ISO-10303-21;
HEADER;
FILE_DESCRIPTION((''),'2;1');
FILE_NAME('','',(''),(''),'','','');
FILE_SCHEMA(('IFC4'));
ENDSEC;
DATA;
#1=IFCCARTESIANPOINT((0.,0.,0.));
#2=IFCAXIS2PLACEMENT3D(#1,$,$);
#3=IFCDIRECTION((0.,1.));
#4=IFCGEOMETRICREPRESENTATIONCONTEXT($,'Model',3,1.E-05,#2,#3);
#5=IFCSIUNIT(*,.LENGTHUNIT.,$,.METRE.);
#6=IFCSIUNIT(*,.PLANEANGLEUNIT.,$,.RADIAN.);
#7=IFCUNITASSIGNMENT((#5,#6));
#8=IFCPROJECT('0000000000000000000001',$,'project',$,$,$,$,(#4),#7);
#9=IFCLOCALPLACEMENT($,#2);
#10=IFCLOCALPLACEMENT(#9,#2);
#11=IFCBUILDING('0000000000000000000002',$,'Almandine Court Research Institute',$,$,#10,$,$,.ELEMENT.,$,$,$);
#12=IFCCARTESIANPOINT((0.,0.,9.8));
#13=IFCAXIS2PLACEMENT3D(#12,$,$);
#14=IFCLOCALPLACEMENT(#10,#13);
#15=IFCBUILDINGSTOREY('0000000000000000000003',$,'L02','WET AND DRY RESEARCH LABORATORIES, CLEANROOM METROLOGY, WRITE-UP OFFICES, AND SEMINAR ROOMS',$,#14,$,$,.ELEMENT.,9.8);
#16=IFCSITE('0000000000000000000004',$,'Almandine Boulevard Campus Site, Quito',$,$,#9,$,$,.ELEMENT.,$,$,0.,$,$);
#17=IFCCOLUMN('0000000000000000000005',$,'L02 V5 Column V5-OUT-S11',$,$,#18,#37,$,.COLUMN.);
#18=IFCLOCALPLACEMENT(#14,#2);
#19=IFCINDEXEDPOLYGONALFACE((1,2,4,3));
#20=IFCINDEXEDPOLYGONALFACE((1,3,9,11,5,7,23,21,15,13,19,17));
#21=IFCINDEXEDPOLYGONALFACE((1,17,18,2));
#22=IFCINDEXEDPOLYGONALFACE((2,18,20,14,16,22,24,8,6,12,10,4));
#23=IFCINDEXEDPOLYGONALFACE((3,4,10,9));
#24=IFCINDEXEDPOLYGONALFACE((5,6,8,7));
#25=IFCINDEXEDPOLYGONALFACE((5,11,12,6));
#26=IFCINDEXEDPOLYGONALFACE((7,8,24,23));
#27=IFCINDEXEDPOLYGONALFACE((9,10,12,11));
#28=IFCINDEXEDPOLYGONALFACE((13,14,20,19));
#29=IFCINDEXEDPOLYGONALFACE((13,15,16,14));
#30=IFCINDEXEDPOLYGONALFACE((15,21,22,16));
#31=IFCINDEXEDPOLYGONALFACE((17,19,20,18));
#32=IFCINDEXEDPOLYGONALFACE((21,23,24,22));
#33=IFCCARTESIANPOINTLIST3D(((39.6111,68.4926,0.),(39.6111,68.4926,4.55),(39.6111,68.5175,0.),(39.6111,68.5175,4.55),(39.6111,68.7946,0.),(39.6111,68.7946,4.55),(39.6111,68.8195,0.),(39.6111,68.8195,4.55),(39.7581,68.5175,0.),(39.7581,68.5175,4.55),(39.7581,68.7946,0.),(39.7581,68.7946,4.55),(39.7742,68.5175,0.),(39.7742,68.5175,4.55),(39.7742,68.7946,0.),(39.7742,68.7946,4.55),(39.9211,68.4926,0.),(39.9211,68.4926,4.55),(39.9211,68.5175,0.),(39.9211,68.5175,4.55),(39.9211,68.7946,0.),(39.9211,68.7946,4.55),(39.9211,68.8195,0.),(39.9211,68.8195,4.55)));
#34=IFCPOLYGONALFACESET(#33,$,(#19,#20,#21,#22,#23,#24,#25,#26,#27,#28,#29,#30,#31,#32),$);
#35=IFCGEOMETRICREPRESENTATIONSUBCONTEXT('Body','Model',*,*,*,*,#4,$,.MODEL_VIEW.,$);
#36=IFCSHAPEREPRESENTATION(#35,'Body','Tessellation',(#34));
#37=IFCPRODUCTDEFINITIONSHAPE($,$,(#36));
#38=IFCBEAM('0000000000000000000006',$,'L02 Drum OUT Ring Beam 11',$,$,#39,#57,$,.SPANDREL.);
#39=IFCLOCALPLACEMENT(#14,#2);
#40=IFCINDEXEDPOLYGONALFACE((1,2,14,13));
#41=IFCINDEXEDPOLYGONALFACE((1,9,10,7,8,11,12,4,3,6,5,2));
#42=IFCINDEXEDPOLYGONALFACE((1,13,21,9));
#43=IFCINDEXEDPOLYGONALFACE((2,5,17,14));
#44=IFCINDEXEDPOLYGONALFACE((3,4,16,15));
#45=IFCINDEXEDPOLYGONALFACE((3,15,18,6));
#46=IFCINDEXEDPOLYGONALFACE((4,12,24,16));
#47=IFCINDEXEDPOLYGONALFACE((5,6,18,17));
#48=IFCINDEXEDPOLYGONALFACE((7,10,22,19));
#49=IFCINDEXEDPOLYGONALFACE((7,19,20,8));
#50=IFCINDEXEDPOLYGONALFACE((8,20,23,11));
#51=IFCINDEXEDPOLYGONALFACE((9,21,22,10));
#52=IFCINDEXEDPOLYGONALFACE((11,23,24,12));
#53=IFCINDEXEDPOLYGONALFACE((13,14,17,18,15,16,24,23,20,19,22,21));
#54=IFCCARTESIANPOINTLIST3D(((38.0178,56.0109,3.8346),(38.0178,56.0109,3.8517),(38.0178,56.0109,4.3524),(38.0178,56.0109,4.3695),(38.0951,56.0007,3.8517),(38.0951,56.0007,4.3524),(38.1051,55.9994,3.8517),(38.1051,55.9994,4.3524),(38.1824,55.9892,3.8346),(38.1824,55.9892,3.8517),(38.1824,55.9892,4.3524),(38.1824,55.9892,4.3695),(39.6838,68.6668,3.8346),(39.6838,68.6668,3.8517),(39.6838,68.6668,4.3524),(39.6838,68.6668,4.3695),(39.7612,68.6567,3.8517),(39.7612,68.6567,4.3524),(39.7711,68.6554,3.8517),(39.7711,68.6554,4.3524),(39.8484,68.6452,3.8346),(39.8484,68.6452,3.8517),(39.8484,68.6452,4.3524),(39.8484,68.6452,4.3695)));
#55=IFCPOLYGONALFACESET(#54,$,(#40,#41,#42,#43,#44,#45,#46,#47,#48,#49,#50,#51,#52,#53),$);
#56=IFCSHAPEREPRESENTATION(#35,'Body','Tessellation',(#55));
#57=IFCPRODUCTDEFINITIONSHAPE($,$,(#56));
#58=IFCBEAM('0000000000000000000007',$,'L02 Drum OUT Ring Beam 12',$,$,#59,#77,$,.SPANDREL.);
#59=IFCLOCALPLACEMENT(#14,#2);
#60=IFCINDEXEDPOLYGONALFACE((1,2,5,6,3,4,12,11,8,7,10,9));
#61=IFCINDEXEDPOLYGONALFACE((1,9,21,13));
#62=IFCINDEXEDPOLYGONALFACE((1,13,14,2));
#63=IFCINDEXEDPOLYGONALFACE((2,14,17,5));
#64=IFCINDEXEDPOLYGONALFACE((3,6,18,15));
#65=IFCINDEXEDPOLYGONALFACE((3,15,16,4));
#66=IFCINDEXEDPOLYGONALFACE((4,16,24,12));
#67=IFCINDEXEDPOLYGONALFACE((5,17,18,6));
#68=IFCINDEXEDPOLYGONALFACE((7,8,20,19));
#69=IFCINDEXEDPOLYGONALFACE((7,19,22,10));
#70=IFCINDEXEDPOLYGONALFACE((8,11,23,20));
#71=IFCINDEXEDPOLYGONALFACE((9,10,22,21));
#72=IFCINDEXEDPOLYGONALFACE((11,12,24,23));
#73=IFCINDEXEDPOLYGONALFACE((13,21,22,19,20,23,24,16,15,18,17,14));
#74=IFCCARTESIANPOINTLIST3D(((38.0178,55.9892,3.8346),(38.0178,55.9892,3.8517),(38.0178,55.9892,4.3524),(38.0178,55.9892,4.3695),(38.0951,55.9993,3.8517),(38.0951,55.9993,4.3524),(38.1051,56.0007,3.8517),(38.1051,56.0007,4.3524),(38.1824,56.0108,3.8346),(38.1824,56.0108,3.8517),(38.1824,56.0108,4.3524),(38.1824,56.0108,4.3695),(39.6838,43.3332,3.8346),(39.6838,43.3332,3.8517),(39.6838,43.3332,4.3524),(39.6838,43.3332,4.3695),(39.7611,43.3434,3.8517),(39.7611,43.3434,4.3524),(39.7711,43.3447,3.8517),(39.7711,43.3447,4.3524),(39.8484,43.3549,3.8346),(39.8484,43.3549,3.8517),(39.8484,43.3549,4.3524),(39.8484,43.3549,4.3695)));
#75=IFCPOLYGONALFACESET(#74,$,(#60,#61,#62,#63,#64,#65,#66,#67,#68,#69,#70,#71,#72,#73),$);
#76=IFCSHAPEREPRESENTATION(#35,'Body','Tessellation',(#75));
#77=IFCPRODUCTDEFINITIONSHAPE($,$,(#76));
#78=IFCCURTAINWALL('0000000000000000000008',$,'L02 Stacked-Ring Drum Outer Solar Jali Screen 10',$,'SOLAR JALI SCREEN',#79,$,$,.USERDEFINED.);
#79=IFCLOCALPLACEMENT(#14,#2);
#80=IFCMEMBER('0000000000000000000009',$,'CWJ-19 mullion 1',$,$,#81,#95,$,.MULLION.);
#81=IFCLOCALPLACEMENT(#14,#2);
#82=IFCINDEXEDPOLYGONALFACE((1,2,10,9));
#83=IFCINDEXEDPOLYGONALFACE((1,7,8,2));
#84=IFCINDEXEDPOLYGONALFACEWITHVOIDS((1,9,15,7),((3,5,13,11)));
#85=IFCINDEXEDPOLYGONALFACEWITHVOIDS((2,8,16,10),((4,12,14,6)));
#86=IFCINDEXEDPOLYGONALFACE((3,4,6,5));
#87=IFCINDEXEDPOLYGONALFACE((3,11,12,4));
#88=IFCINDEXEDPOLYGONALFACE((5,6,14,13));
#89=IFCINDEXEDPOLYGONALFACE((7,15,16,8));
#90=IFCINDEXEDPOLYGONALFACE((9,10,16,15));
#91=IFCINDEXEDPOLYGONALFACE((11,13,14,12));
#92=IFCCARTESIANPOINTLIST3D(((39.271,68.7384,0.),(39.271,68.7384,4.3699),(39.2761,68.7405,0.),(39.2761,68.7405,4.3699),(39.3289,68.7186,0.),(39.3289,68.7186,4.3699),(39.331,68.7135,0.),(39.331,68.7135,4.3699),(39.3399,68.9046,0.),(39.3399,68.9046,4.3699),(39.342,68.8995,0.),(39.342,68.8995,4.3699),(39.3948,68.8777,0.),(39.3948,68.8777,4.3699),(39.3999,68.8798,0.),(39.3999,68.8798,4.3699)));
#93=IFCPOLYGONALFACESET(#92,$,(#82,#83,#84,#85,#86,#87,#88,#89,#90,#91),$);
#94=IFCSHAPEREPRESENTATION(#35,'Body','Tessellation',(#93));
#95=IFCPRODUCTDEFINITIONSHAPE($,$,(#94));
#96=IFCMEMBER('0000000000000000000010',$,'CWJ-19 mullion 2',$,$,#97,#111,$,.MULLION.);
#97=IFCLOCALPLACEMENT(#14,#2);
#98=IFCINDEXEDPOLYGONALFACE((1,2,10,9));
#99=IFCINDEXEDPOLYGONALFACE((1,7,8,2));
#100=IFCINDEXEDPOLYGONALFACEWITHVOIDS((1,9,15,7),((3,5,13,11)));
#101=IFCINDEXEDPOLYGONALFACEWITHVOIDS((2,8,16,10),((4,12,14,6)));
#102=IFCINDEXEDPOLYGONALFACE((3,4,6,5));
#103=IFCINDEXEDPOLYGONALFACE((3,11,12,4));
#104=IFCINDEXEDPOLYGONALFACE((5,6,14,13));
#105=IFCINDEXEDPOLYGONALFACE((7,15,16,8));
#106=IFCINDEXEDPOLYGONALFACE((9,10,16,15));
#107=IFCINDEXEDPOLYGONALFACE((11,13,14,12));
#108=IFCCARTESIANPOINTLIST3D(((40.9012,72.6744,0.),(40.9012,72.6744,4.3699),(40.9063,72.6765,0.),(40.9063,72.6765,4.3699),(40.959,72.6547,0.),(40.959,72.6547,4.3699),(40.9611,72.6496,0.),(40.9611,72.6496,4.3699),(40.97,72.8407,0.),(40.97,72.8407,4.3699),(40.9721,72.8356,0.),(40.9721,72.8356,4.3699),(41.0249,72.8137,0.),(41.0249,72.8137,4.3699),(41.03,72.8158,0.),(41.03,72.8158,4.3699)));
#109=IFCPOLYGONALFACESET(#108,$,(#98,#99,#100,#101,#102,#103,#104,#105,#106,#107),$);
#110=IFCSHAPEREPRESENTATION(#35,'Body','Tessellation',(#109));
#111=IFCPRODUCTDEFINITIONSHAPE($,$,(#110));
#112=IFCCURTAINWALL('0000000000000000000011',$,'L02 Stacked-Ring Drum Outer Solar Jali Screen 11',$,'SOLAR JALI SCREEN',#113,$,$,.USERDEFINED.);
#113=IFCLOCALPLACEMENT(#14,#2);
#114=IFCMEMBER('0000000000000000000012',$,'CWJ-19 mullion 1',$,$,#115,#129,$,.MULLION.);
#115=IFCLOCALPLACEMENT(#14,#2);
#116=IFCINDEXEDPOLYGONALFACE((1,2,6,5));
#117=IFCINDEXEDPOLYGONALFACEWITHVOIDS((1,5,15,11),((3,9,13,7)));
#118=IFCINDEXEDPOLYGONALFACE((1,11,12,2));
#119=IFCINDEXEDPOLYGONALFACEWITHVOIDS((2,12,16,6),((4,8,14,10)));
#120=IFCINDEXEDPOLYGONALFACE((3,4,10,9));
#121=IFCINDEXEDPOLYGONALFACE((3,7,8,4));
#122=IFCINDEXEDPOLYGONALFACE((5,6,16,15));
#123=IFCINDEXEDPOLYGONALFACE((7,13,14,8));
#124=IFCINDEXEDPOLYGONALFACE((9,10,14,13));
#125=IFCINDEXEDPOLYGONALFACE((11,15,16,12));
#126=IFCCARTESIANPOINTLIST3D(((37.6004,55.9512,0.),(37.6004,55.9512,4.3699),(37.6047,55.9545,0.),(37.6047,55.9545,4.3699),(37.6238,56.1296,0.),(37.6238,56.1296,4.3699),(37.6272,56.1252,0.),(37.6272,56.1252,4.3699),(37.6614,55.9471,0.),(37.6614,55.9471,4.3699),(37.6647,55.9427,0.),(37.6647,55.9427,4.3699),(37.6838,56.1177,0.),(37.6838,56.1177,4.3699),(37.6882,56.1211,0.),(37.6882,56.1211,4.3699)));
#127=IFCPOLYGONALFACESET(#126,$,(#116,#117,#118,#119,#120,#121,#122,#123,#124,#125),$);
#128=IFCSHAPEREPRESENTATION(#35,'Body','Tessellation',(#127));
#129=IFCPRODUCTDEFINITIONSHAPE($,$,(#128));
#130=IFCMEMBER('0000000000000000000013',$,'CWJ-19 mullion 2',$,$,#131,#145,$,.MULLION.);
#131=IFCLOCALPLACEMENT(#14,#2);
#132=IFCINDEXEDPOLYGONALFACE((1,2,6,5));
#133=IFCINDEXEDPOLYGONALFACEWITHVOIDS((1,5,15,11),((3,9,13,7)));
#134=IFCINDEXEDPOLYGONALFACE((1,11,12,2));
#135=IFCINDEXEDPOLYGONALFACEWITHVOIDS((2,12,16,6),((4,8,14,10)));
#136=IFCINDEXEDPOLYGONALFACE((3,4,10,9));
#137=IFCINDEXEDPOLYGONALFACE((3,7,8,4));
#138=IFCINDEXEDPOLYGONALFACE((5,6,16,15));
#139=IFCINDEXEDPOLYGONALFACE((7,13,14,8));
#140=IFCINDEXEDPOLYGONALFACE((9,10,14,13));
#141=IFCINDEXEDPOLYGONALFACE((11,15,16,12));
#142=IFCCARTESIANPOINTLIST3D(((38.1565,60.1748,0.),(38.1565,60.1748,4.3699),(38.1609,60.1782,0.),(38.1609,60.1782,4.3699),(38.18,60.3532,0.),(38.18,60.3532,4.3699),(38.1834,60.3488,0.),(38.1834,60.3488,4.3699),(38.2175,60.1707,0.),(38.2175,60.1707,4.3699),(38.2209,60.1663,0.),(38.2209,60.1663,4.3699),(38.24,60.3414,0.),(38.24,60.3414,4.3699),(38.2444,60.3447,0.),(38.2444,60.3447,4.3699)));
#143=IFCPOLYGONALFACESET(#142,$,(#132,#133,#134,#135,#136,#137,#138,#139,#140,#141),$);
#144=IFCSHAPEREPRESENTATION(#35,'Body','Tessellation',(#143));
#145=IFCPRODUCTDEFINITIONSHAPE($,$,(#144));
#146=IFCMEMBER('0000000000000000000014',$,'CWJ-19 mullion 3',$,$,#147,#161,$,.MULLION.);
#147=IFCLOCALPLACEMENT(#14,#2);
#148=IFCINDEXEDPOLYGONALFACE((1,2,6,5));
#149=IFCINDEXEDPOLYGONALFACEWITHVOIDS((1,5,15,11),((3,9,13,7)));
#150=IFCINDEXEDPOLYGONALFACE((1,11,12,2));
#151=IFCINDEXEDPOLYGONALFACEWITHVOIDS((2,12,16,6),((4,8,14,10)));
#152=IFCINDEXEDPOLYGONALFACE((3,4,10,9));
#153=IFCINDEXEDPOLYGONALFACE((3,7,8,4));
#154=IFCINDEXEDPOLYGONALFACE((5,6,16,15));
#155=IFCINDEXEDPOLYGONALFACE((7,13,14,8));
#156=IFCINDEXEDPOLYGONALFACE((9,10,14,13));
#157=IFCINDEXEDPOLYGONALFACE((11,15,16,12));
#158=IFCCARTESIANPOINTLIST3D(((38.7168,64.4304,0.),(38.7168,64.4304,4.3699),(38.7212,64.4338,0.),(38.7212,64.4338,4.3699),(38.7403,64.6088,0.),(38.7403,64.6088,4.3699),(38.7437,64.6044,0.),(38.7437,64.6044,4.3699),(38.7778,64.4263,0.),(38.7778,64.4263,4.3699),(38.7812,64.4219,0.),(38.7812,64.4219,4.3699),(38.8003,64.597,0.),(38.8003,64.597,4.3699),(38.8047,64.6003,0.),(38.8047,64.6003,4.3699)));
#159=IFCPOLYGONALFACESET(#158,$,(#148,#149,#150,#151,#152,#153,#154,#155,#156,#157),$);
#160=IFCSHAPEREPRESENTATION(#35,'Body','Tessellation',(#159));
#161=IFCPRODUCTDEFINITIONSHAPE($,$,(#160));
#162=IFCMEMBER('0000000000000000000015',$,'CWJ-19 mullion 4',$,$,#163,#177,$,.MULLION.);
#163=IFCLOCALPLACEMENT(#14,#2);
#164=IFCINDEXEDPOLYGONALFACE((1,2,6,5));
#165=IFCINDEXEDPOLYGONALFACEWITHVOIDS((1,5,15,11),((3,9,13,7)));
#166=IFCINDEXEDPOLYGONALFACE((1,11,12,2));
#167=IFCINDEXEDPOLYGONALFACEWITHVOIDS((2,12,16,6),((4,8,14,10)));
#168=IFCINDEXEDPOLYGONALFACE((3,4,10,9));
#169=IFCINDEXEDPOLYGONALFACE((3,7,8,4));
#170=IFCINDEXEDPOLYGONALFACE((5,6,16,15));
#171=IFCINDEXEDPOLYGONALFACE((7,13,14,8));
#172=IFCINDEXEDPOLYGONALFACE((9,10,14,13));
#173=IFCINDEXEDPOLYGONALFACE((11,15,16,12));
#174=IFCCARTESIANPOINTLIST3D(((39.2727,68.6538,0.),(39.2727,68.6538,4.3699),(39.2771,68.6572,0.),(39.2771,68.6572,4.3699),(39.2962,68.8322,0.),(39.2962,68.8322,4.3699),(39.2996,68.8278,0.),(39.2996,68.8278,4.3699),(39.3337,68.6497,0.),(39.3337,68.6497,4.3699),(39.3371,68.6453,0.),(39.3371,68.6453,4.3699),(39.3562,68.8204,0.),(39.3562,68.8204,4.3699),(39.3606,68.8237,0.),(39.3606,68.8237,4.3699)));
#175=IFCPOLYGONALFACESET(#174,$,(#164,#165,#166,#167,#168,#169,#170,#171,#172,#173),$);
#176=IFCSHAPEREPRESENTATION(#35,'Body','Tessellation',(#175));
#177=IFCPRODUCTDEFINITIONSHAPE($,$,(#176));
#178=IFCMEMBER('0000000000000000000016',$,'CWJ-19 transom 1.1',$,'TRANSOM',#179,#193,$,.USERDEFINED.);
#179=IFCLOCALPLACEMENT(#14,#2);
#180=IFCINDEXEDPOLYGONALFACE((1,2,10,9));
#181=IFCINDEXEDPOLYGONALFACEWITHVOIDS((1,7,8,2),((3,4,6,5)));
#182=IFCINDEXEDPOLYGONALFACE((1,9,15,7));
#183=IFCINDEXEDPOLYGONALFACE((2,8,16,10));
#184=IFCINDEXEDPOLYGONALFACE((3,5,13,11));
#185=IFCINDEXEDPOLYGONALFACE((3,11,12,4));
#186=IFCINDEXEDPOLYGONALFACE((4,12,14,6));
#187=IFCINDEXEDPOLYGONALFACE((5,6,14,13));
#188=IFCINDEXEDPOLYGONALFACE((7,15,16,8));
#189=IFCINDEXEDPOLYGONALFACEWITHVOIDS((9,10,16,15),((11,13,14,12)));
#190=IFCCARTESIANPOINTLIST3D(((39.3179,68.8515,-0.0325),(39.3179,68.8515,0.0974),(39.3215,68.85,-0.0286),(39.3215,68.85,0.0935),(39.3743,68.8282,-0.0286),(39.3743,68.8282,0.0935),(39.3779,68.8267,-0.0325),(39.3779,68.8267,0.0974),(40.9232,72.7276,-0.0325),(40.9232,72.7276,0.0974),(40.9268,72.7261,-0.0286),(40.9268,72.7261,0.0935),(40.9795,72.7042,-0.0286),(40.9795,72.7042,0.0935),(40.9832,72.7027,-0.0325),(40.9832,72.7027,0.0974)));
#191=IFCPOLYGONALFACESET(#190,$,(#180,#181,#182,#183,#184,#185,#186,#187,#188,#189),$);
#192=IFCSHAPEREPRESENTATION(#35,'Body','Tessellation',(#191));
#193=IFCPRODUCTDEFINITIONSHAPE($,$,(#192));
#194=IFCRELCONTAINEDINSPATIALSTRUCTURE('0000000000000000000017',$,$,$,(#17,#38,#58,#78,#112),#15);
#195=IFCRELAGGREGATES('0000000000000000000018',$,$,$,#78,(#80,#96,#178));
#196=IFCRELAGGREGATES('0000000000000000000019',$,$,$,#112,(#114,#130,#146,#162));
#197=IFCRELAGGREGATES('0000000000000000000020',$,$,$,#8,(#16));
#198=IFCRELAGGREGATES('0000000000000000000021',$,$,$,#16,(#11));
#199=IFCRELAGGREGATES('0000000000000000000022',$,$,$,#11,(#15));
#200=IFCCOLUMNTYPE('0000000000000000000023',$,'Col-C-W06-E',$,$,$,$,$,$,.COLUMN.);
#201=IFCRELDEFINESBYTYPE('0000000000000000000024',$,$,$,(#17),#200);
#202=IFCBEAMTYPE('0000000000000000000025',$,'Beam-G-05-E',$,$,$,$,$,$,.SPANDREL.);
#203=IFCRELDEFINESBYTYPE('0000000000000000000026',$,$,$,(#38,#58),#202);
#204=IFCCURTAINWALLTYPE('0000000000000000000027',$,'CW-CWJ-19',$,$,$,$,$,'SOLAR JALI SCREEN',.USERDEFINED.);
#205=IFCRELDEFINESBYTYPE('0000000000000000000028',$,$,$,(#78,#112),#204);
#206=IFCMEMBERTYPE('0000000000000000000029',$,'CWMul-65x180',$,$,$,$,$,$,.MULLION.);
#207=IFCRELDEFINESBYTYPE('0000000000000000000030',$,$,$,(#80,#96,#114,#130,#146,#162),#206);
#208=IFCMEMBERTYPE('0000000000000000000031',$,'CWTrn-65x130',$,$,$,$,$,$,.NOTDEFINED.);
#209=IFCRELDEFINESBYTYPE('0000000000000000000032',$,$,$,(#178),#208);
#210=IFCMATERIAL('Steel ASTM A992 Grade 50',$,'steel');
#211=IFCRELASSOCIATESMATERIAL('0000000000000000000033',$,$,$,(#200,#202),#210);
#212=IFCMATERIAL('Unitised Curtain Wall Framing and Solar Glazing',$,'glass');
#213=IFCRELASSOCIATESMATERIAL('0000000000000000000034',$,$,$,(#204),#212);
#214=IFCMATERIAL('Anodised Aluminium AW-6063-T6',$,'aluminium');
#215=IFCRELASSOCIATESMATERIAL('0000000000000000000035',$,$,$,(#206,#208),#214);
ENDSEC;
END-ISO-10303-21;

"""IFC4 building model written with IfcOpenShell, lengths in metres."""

from ifc_helpers import new_model, si_unit, direction, frame, origin, origin_2d, place, context, subcontext, project, spatial, hollow_rectangle, i_section, extrude, material, material_profile, profile_set, type_object, element, aggregate, save


model = new_model("IFC4")

# Units and contexts
model_context = context("Model", 3, precision=1e-05, world=origin(), true_north=direction((0.0, 1.0)))
body_context = subcontext(model_context, "Body", "Model", "MODEL_VIEW")
ifc_project = project(units=[si_unit("LENGTHUNIT", "METRE"), si_unit("PLANEANGLEUNIT", "RADIAN")], contexts=[model_context])

# Site, building, storey
site_placement = place(None, origin())
site = spatial("IfcSite", under=ifc_project, at=site_placement, Name="Almandine Boulevard Campus Site, Quito", CompositionType="ELEMENT", RefElevation=0.0)
building_placement = place(site_placement, origin())
building = spatial("IfcBuilding", under=site, at=building_placement, Name="Almandine Court Research Institute", CompositionType="ELEMENT")
storey_placement = place(building_placement, frame((0.0, 0.0, 9.8)))
storey = spatial("IfcBuildingStorey", under=building, at=storey_placement, Name="L02", Description="WET AND DRY RESEARCH LABORATORIES, CLEANROOM METROLOGY, WRITE-UP OFFICES, AND SEMINAR ROOMS", CompositionType="ELEMENT", Elevation=9.8)

# Column
ifc_material_1 = material(Name="Steel ASTM A992 Grade 50", Category="steel")
ifc_material_profile_1 = material_profile(ifc_material_1, i_section(OverallWidth=0.3101, OverallDepth=0.3269, WebThickness=0.0161, FlangeThickness=0.0249, at=origin_2d()), Name="W310x158")
ifc_profile_set_1 = profile_set([ifc_material_profile_1], Name="Steel ASTM A992 Grade 50")
column_type = type_object("IfcColumnType", Name="Col-C-W06-E", PredefinedType="COLUMN", material=ifc_profile_set_1)
column_placement = place(storey_placement, frame((39.7661, 68.656, 0.0), z_axis=(0.0, 0.0, 1.0), x_axis=(1.0, 0.0, 0.0)))
element("IfcColumn", 1, at=column_placement, inside=storey, type_object=column_type, Name="L02 V5 Column V5-OUT-S11", PredefinedType="COLUMN", context=body_context, shape_type="SweptSolid", body=[
    extrude(i_section(OverallWidth=0.3101, OverallDepth=0.3269, WebThickness=0.0161, FlangeThickness=0.0249, at=origin_2d()), origin(), (0.0, 0.0, 1.0), 4.55),
])

# Beams
ifc_material_profile_2 = material_profile(ifc_material_1, i_section(OverallWidth=0.166, OverallDepth=0.5349, WebThickness=0.01, FlangeThickness=0.0171, at=origin_2d()), Name="W530x85")
ifc_profile_set_2 = profile_set([ifc_material_profile_2], Name="Steel ASTM A992 Grade 50")
beam_type = type_object("IfcBeamType", Name="Beam-G-05-E", PredefinedType="SPANDREL", material=ifc_profile_set_2)
for number, where, z_axis, x_axis, name in (
    (2, (39.7661, 68.656, 4.1021), (-0.130512, -0.991447, 0.0), (0.991447, -0.130512, 0.0), "L02 Drum OUT Ring Beam 11"),
    (3, (38.1001, 56.0, 4.1021), (0.130512, -0.991447, 0.0), (0.991447, 0.130512, 0.0), "L02 Drum OUT Ring Beam 12"),
):
    element("IfcBeam", number, at=place(storey_placement, frame(where, z_axis=z_axis, x_axis=x_axis)), inside=storey, type_object=beam_type, Name=name, PredefinedType="SPANDREL", context=body_context, shape_type="SweptSolid", body=[
        extrude(i_section(OverallWidth=0.166, OverallDepth=0.5349, WebThickness=0.01, FlangeThickness=0.0171, at=origin_2d()), origin(), (0.0, 0.0, 1.0), 12.7651),
    ])

# Curtain walls, members
ifc_material_2 = material(Name="Unitised Curtain Wall Framing and Solar Glazing", Category="glass")
curtain_wall_type = type_object("IfcCurtainWallType", Name="CW-CWJ-19", ElementType="SOLAR JALI SCREEN", PredefinedType="USERDEFINED", material=ifc_material_2)
curtain_wall_1_placement = place(storey_placement, origin())
curtain_wall_1 = element("IfcCurtainWall", 4, at=curtain_wall_1_placement, inside=storey, type_object=curtain_wall_type, Name="L02 Stacked-Ring Drum Outer Solar Jali Screen 10", ObjectType="SOLAR JALI SCREEN", PredefinedType="USERDEFINED")
ifc_material_3 = material(Name="Anodised Aluminium AW-6063-T6", Category="aluminium")
ifc_material_profile_3 = material_profile(ifc_material_3, hollow_rectangle(XDim=0.0649, YDim=0.1799, WallThickness=0.0039, at=origin_2d()), Name="ALU RHS 65x180x4")
ifc_profile_set_3 = profile_set([ifc_material_profile_3], Name="Anodised Aluminium AW-6063-T6")
member_type_1 = type_object("IfcMemberType", Name="CWMul-65x180", PredefinedType="MULLION", material=ifc_profile_set_3)
member_1_placement = place(storey_placement, frame((39.3354, 68.8091, 0.0), z_axis=(0.0, 0.0, 1.0), x_axis=(-0.923888, 0.382663, 0.0)))
member_1 = element("IfcMember", 5, at=member_1_placement, type_object=member_type_1, Name="CWJ-19 mullion 1", PredefinedType="MULLION", context=body_context, shape_type="SweptSolid", body=[
    extrude(hollow_rectangle(XDim=0.0649, YDim=0.1799, WallThickness=0.0039, at=origin_2d()), origin(), (0.0, 0.0, 1.0), 4.3699),
])
member_2_placement = place(storey_placement, frame((40.9656, 72.7451, 0.0), z_axis=(0.0, 0.0, 1.0), x_axis=(-0.923888, 0.382663, 0.0)))
member_2 = element("IfcMember", 6, at=member_2_placement, type_object=member_type_1, Name="CWJ-19 mullion 2", PredefinedType="MULLION", context=body_context, shape_type="SweptSolid", body=[
    extrude(hollow_rectangle(XDim=0.0649, YDim=0.1799, WallThickness=0.0039, at=origin_2d()), origin(), (0.0, 0.0, 1.0), 4.3699),
])
curtain_wall_2_placement = place(storey_placement, origin())
curtain_wall_2 = element("IfcCurtainWall", 7, at=curtain_wall_2_placement, inside=storey, type_object=curtain_wall_type, Name="L02 Stacked-Ring Drum Outer Solar Jali Screen 11", ObjectType="SOLAR JALI SCREEN", PredefinedType="USERDEFINED")
member_3_placement = place(storey_placement, frame((37.6443, 56.0361, 0.0), z_axis=(0.0, 0.0, 1.0), x_axis=(-0.991443, 0.130541, 0.0)))
member_3 = element("IfcMember", 8, at=member_3_placement, type_object=member_type_1, Name="CWJ-19 mullion 1", PredefinedType="MULLION", context=body_context, shape_type="SweptSolid", body=[
    extrude(hollow_rectangle(XDim=0.0649, YDim=0.1799, WallThickness=0.0039, at=origin_2d()), origin(), (0.0, 0.0, 1.0), 4.3699),
])
member_4_placement = place(storey_placement, frame((38.2004, 60.2598, 0.0), z_axis=(0.0, 0.0, 1.0), x_axis=(-0.991443, 0.130541, 0.0)))
member_4 = element("IfcMember", 9, at=member_4_placement, type_object=member_type_1, Name="CWJ-19 mullion 2", PredefinedType="MULLION", context=body_context, shape_type="SweptSolid", body=[
    extrude(hollow_rectangle(XDim=0.0649, YDim=0.1799, WallThickness=0.0039, at=origin_2d()), origin(), (0.0, 0.0, 1.0), 4.3699),
])
member_5_placement = place(storey_placement, frame((38.7607, 64.5154, 0.0), z_axis=(0.0, 0.0, 1.0), x_axis=(-0.991443, 0.130541, 0.0)))
member_5 = element("IfcMember", 10, at=member_5_placement, type_object=member_type_1, Name="CWJ-19 mullion 3", PredefinedType="MULLION", context=body_context, shape_type="SweptSolid", body=[
    extrude(hollow_rectangle(XDim=0.0649, YDim=0.1799, WallThickness=0.0039, at=origin_2d()), origin(), (0.0, 0.0, 1.0), 4.3699),
])
member_6_placement = place(storey_placement, frame((39.3167, 68.7388, 0.0), z_axis=(0.0, 0.0, 1.0), x_axis=(-0.991443, 0.130541, 0.0)))
member_6 = element("IfcMember", 11, at=member_6_placement, type_object=member_type_1, Name="CWJ-19 mullion 4", PredefinedType="MULLION", context=body_context, shape_type="SweptSolid", body=[
    extrude(hollow_rectangle(XDim=0.0649, YDim=0.1799, WallThickness=0.0039, at=origin_2d()), origin(), (0.0, 0.0, 1.0), 4.3699),
])

# Member
ifc_material_profile_4 = material_profile(ifc_material_3, hollow_rectangle(XDim=0.0649, YDim=0.1299, WallThickness=0.0039, at=origin_2d()), Name="ALU RHS 65x130x4")
ifc_profile_set_4 = profile_set([ifc_material_profile_4], Name="Anodised Aluminium AW-6063-T6")
member_type_2 = type_object("IfcMemberType", Name="CWTrn-65x130", PredefinedType="NOTDEFINED", material=ifc_profile_set_4)
member_7_placement = place(storey_placement, frame((39.3479, 68.8391, 0.0325), z_axis=(0.382631, 0.923901, 0.0), x_axis=(-0.923901, 0.382631, 0.0)))
member_7 = element("IfcMember", 12, at=member_7_placement, type_object=member_type_2, Name="CWJ-19 transom 1.1", ObjectType="TRANSOM", PredefinedType="USERDEFINED", context=body_context, shape_type="SweptSolid", body=[
    extrude(hollow_rectangle(XDim=0.0649, YDim=0.1299, WallThickness=0.0039, at=origin_2d()), origin(), (0.0, 0.0, 1.0), 4.1953),
])

aggregate(curtain_wall_1, [member_1, member_2, member_7])
aggregate(curtain_wall_2, [member_3, member_4, member_5, member_6])

save(model, "model.ifc")
